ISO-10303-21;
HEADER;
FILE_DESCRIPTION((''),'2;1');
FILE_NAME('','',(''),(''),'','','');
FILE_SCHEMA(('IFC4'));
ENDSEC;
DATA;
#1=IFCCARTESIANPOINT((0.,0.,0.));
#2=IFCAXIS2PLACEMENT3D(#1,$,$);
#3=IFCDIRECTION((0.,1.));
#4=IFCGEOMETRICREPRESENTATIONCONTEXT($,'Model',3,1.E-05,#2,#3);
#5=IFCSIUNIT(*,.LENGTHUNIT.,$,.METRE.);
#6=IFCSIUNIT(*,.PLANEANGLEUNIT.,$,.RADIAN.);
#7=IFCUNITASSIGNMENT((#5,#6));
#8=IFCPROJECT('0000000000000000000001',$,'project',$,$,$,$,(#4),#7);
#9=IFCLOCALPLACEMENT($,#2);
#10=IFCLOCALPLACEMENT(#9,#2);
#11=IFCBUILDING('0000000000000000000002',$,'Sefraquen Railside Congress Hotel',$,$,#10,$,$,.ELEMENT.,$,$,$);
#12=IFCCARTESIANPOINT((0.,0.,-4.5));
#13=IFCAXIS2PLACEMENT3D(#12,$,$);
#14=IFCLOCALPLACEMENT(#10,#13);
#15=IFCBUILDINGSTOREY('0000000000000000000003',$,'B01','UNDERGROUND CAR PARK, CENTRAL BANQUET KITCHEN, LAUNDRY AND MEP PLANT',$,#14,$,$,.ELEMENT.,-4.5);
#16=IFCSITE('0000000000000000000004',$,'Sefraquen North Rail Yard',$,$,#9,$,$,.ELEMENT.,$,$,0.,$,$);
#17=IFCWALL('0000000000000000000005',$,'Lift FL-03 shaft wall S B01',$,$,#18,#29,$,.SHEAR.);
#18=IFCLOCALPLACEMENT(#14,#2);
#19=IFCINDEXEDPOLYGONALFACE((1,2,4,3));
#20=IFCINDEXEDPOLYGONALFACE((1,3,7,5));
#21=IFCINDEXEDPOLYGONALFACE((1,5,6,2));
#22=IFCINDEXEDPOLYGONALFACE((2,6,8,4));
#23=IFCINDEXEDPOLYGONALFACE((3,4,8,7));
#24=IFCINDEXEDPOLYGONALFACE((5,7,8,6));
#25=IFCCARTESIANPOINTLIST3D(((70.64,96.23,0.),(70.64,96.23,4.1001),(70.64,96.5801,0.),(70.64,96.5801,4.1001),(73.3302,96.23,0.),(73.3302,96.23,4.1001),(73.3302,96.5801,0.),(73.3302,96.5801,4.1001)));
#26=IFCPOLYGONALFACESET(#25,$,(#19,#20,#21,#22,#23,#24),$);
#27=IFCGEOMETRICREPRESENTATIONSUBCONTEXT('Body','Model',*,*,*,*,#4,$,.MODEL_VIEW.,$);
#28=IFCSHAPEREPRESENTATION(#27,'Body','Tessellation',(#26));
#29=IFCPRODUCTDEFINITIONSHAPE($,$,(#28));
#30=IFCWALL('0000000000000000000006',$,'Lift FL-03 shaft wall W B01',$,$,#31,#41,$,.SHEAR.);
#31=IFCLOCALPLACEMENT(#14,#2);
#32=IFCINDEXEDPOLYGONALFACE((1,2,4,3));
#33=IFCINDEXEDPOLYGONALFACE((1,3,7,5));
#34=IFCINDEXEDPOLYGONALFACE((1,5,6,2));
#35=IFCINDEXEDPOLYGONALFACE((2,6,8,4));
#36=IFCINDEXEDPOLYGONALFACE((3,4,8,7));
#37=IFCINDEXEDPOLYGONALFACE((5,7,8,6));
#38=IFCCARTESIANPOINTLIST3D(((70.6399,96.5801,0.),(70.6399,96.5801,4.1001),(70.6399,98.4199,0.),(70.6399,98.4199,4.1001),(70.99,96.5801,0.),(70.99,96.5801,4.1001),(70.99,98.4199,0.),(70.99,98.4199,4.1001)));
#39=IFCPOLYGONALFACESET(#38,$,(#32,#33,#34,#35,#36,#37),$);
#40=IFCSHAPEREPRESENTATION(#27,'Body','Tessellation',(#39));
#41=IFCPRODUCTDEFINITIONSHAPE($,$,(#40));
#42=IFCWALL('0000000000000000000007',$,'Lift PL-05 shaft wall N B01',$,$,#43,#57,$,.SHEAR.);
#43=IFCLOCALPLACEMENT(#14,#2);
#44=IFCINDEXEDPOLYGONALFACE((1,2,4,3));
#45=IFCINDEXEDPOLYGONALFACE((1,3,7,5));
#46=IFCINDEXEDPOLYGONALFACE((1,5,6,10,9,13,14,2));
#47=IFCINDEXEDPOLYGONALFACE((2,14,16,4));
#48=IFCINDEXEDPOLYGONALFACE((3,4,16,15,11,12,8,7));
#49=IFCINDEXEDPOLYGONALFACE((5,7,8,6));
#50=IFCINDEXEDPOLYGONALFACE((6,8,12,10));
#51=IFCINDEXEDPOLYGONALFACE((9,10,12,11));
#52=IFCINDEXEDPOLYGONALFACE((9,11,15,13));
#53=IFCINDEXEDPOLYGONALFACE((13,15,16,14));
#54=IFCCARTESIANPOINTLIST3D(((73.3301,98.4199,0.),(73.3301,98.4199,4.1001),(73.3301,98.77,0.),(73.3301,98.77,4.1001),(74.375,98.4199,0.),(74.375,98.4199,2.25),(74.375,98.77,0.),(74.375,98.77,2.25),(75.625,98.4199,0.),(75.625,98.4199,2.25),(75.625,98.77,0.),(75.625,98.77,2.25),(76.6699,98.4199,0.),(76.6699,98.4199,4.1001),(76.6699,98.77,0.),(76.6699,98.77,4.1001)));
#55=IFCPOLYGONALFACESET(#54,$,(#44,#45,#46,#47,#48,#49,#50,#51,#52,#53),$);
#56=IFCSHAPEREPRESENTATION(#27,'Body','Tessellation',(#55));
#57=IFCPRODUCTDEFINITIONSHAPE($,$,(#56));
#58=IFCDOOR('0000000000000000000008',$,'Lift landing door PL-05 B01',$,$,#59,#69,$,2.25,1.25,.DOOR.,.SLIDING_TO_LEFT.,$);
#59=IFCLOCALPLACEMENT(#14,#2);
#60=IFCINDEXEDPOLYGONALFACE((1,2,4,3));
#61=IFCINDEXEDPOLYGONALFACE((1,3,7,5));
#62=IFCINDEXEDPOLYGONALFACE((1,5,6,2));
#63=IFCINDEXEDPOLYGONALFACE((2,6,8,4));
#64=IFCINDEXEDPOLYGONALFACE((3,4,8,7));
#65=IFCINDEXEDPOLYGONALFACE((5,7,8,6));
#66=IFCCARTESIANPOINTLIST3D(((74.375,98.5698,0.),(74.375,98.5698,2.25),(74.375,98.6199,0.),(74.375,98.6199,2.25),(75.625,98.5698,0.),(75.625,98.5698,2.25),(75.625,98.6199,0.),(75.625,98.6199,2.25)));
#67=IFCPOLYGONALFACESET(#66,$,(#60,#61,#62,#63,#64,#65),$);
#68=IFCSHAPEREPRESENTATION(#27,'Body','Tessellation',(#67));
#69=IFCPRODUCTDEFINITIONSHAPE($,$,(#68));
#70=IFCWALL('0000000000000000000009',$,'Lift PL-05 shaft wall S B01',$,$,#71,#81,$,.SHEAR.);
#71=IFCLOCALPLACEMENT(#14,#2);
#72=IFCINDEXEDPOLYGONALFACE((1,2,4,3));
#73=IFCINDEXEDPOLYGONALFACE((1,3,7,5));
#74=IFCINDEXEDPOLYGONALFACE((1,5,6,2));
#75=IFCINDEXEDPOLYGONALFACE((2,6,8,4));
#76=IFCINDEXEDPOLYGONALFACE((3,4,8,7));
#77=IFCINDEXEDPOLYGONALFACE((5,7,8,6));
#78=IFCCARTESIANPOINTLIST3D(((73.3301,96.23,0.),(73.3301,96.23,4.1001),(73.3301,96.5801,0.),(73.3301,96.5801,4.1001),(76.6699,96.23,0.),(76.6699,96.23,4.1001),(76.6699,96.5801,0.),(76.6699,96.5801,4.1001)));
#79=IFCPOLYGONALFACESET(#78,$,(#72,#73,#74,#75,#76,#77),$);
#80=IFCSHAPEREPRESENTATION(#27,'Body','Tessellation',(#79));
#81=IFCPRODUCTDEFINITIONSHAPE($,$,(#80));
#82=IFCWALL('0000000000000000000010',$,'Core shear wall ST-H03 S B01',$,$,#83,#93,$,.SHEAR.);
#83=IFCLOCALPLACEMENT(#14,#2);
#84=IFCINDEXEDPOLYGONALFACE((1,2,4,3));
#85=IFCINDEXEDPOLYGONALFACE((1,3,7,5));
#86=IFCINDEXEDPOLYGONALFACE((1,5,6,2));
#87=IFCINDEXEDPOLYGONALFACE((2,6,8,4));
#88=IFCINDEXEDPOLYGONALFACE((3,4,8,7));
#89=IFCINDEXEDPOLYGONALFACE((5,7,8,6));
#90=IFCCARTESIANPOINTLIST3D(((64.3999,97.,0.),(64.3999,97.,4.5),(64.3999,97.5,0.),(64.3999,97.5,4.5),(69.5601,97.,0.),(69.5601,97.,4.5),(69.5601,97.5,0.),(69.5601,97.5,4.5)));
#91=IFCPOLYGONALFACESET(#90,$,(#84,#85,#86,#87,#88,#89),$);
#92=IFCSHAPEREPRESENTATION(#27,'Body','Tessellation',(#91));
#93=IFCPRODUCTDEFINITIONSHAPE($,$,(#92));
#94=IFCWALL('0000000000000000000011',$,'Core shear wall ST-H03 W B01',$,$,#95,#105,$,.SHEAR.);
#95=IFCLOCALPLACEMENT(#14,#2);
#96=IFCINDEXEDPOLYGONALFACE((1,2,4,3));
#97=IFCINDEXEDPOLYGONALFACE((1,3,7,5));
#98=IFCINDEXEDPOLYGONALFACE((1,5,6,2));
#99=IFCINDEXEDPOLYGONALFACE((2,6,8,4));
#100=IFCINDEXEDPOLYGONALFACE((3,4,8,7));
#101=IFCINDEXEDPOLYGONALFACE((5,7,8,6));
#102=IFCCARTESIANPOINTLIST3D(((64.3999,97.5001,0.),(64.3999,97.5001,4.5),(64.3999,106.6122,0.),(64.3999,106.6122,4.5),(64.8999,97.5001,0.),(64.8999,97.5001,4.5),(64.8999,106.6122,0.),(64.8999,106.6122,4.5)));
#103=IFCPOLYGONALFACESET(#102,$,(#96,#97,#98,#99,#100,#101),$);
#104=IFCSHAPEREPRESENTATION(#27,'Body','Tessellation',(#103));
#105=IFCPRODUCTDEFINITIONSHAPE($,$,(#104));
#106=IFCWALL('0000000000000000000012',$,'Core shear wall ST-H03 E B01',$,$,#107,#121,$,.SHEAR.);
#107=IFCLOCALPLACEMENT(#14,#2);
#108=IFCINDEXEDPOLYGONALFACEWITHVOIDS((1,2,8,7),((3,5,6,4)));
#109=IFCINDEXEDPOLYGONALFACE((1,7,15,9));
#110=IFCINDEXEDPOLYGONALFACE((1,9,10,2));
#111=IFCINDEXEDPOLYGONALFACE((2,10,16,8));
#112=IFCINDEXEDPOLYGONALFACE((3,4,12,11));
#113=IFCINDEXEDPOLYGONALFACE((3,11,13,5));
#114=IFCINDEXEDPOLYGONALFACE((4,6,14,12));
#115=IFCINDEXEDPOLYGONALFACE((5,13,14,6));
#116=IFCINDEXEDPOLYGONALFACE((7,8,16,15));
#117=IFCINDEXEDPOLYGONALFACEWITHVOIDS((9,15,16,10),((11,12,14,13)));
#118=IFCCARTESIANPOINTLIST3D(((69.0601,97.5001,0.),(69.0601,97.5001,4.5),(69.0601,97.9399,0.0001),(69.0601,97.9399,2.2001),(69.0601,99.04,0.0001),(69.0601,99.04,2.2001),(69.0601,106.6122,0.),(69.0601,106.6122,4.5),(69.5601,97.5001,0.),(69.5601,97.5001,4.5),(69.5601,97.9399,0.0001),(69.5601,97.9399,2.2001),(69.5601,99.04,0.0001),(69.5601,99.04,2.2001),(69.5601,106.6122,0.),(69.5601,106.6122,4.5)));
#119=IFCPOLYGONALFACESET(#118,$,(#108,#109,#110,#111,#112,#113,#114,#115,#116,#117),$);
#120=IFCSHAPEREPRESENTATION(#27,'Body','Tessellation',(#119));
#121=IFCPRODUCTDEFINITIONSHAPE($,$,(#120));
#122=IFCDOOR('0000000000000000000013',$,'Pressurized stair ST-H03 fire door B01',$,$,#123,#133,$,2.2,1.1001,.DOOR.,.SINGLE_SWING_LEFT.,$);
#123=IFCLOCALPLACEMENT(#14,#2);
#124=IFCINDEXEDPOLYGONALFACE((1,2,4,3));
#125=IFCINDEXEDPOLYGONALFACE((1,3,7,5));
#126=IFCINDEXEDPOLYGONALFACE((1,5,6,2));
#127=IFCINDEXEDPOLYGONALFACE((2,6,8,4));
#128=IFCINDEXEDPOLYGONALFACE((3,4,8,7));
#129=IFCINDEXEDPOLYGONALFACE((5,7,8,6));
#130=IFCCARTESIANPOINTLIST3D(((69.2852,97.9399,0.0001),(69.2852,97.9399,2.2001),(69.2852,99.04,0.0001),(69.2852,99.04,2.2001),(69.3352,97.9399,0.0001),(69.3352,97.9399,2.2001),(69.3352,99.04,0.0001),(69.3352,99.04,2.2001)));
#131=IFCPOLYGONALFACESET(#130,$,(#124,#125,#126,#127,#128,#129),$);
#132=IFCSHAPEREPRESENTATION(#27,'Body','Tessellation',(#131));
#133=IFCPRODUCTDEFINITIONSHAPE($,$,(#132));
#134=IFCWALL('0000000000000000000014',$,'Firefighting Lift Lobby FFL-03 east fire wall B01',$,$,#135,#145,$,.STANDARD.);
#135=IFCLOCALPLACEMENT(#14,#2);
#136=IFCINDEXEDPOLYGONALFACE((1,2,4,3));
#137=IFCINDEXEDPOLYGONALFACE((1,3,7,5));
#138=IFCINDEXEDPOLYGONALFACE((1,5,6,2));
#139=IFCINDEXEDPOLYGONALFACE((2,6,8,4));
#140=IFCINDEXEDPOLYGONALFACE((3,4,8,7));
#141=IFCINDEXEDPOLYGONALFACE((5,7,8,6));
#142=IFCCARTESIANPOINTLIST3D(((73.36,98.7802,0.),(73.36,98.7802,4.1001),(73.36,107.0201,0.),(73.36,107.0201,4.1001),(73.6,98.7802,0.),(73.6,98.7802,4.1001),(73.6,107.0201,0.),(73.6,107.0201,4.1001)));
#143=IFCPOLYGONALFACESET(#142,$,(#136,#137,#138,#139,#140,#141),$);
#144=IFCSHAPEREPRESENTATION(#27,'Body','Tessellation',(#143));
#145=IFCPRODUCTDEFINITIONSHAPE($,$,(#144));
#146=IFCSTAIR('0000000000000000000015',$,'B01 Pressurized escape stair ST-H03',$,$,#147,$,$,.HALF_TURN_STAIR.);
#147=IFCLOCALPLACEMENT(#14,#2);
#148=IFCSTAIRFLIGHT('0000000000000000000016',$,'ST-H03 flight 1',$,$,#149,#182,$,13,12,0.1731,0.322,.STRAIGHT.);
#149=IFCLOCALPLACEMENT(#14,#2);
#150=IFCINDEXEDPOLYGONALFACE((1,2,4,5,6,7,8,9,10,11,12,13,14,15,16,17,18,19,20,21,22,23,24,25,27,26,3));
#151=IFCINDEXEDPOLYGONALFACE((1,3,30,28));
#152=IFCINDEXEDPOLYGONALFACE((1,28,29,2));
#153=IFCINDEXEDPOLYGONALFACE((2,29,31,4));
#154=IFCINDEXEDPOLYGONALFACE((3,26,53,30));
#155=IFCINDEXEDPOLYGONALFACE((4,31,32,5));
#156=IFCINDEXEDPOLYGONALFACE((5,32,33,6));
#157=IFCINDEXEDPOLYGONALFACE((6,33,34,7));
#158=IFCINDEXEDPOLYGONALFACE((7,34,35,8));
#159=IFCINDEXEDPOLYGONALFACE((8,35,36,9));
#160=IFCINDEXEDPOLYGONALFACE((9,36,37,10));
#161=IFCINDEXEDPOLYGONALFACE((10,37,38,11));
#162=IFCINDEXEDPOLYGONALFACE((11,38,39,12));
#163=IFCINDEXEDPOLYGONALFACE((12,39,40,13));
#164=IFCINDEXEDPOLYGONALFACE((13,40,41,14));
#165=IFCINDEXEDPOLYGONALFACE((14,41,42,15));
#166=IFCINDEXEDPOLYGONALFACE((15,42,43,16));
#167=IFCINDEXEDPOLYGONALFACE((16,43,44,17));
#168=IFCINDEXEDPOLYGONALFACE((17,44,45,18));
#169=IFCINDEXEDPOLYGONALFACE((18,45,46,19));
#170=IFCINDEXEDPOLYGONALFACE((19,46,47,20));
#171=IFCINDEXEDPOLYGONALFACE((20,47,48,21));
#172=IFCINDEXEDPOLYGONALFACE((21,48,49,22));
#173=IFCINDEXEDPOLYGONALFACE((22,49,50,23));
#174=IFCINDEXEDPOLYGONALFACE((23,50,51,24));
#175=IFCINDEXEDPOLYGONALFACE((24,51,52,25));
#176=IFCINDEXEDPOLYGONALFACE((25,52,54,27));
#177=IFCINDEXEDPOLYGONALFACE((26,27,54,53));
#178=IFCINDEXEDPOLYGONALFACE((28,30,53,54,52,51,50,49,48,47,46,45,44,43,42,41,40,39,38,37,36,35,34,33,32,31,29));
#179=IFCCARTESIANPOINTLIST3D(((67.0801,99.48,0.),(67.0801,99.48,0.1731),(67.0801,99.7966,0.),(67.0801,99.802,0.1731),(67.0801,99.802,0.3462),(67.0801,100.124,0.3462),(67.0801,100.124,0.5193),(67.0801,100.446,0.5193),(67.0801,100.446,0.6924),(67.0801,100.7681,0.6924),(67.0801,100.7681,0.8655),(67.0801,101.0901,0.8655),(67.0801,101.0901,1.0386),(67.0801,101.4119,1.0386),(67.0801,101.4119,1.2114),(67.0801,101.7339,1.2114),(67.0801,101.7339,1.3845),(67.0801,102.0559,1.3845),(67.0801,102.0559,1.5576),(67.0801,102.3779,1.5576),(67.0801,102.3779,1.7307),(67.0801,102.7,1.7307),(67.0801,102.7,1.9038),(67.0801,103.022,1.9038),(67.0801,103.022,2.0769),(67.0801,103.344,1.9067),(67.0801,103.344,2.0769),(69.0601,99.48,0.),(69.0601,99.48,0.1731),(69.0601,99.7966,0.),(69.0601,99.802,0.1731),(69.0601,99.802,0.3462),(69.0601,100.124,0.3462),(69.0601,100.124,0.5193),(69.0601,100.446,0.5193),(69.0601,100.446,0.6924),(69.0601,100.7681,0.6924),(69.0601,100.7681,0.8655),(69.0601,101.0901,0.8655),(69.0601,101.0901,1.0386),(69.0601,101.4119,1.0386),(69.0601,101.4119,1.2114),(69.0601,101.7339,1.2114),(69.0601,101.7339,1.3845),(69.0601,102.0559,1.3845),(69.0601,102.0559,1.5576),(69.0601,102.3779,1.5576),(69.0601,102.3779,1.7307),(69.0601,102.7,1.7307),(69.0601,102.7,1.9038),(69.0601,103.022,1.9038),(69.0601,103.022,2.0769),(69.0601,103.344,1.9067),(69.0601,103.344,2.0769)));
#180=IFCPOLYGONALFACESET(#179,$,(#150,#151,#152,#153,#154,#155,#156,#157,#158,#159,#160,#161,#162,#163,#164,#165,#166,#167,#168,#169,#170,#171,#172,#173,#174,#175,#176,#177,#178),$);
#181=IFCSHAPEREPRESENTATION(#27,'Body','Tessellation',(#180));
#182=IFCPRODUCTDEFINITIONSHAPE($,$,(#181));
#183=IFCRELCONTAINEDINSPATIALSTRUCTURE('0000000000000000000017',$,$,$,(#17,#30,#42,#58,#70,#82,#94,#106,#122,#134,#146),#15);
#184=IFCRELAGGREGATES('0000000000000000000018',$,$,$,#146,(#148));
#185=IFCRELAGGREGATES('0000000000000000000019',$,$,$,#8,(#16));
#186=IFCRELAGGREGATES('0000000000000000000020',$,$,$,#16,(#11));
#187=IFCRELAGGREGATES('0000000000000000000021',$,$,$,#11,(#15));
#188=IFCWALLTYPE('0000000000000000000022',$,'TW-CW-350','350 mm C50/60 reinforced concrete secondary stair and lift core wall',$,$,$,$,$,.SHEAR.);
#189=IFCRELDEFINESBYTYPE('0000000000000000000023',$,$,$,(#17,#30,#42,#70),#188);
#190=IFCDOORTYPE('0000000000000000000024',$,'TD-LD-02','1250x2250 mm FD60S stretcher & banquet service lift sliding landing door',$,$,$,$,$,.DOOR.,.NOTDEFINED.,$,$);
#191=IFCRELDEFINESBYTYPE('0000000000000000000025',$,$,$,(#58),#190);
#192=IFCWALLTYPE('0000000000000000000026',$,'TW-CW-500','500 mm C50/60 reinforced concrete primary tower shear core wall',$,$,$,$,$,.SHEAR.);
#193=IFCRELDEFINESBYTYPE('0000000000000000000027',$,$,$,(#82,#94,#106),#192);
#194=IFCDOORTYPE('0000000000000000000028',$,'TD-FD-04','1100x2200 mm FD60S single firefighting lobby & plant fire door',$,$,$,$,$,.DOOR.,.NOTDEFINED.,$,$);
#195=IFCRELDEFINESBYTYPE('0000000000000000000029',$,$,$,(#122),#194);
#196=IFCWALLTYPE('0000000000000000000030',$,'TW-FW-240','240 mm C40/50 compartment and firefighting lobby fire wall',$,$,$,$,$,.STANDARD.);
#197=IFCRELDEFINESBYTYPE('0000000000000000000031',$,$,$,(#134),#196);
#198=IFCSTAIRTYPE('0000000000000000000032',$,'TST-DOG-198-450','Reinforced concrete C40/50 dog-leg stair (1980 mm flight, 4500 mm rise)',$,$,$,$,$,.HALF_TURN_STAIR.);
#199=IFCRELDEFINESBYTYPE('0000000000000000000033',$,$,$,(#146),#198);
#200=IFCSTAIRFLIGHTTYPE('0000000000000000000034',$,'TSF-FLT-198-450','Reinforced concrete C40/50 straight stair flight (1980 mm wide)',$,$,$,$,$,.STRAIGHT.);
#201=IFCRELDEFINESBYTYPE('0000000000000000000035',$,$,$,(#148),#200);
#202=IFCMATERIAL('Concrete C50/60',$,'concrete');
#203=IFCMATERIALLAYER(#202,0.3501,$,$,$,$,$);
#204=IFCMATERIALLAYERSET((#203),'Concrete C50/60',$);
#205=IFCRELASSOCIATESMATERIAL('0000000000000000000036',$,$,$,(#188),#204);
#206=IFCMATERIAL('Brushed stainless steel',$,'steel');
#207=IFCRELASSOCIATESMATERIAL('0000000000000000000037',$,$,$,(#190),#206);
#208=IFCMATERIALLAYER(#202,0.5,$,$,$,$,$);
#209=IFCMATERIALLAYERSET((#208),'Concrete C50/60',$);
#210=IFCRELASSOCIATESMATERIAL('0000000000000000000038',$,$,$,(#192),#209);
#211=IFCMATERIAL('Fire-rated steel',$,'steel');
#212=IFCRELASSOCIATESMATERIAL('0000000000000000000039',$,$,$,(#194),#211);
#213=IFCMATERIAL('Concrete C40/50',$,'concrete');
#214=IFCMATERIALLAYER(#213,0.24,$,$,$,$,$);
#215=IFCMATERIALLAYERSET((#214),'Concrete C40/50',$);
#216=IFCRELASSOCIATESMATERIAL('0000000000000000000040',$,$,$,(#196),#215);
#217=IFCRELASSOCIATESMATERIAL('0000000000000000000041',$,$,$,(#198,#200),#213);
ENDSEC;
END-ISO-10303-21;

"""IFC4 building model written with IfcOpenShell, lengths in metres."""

from ifc_helpers import new_model, si_unit, direction, frame, frame_2d, origin, place, context, subcontext, project, spatial, polyline, rectangle, outline, extrude, material, layer, layer_set, type_object, element, fill, aggregate, save


model = new_model("IFC4")

# Units and contexts
model_context = context("Model", 3, precision=1e-05, world=origin(), true_north=direction((0.0, 1.0)))
body_context = subcontext(model_context, "Body", "Model", "MODEL_VIEW")
ifc_project = project(units=[si_unit("LENGTHUNIT", "METRE"), si_unit("PLANEANGLEUNIT", "RADIAN")], contexts=[model_context])

# Site, building, storey
site_placement = place(None, origin())
site = spatial("IfcSite", under=ifc_project, at=site_placement, Name="Sefraquen North Rail Yard", CompositionType="ELEMENT", RefElevation=0.0)
building_placement = place(site_placement, origin())
building = spatial("IfcBuilding", under=site, at=building_placement, Name="Sefraquen Railside Congress Hotel", CompositionType="ELEMENT")
storey_placement = place(building_placement, frame((0.0, 0.0, -4.5)))
storey = spatial("IfcBuildingStorey", under=building, at=storey_placement, Name="B01", Description="UNDERGROUND CAR PARK, CENTRAL BANQUET KITCHEN, LAUNDRY AND MEP PLANT", CompositionType="ELEMENT", Elevation=-4.5)

# Shared definitions
ifc_material_1 = material(Name="Concrete C40/50", Category="concrete")

# Shared definitions
ifc_material_2 = material(Name="Concrete C50/60", Category="concrete")

# Shared definitions
ifc_layer_1 = layer(ifc_material_2, 0.3501)
ifc_layer_set_1 = layer_set([ifc_layer_1], Name="Concrete C50/60")
wall_type_1 = type_object("IfcWallType", Name="TW-CW-350", Description="350 mm C50/60 reinforced concrete secondary stair and lift core wall", PredefinedType="SHEAR", material=ifc_layer_set_1)

# Walls
wall_1_placement = place(storey_placement, frame((70.6399, 96.405, 0.0), z_axis=(0.0, 0.0, 1.0), x_axis=(1.0, 0.0, 0.0)))
element("IfcWall", 1, at=wall_1_placement, inside=storey, type_object=wall_type_1, Name="Lift FL-03 shaft wall S B01", PredefinedType="SHEAR", context=body_context, shape_type="SweptSolid", body=[
    extrude(rectangle(XDim=2.6902, YDim=0.3501, at=frame_2d((1.3452, 0.0))), origin(), (0.0, 0.0, 1.0), 4.1001),
])
wall_2_placement = place(storey_placement, frame((70.8149, 96.5801, 0.0), z_axis=(0.0, 0.0, 1.0), x_axis=(0.0, 1.0, 0.0)))
element("IfcWall", 2, at=wall_2_placement, inside=storey, type_object=wall_type_1, Name="Lift FL-03 shaft wall W B01", PredefinedType="SHEAR", context=body_context, shape_type="SweptSolid", body=[
    extrude(rectangle(XDim=1.8398, YDim=0.3501, at=frame_2d((0.9199, 0.0))), origin(), (0.0, 0.0, 1.0), 4.1001),
])

# Wall, opening, door
wall_3_placement = place(storey_placement, frame((73.3301, 98.595, 0.0), z_axis=(0.0, 0.0, 1.0), x_axis=(1.0, 0.0, 0.0)))
wall_3 = element("IfcWall", 3, at=wall_3_placement, inside=storey, type_object=wall_type_1, Name="Lift PL-05 shaft wall N B01", PredefinedType="SHEAR", context=body_context, shape_type="SweptSolid", body=[
    extrude(rectangle(XDim=3.3398, YDim=0.3501, at=frame_2d((1.6699, 0.0))), origin(), (0.0, 0.0, 1.0), 4.1001),
])
opening_1_placement = place(wall_3_placement, frame((1.0449, 0.0, 0.0)))
opening_1 = element("IfcOpeningElement", 4, at=opening_1_placement, cuts=wall_3, PredefinedType="OPENING", context=body_context, shape_type="SweptSolid", body=[
    extrude(rectangle(XDim=1.25, YDim=2.25, at=frame_2d((0.625, 1.125))), frame((0.0, 0.1851, 0.0), z_axis=(0.0, -1.0, 0.0), x_axis=(1.0, 0.0, 0.0)), (0.0, 0.0, 1.0), 0.3701),
])
ifc_material_3 = material(Name="Brushed stainless steel", Category="steel")
door_type_1 = type_object("IfcDoorType", Name="TD-LD-02", Description="1250x2250 mm FD60S stretcher & banquet service lift sliding landing door", OperationType="NOTDEFINED", PredefinedType="DOOR", material=ifc_material_3)
door_1_placement = place(opening_1_placement, origin())
door_1 = element("IfcDoor", 5, at=door_1_placement, inside=storey, type_object=door_type_1, Name="Lift landing door PL-05 B01", OperationType="SLIDING_TO_LEFT", OverallHeight=2.25, OverallWidth=1.25, PredefinedType="DOOR", context=body_context, shape_type="SweptSolid", body=[
    extrude(rectangle(XDim=1.25, YDim=2.25, at=frame_2d((0.625, 1.125))), frame((0.0, 0.0249, 0.0), z_axis=(0.0, -1.0, 0.0), x_axis=(1.0, 0.0, 0.0)), (0.0, 0.0, 1.0), 0.05),
])
fill(opening_1, door_1)

# Walls
wall_4_placement = place(storey_placement, frame((73.3301, 96.405, 0.0), z_axis=(0.0, 0.0, 1.0), x_axis=(1.0, 0.0, 0.0)))
element("IfcWall", 6, at=wall_4_placement, inside=storey, type_object=wall_type_1, Name="Lift PL-05 shaft wall S B01", PredefinedType="SHEAR", context=body_context, shape_type="SweptSolid", body=[
    extrude(rectangle(XDim=3.3398, YDim=0.3501, at=frame_2d((1.6699, 0.0))), origin(), (0.0, 0.0, 1.0), 4.1001),
])
ifc_layer_2 = layer(ifc_material_2, 0.5)
ifc_layer_set_2 = layer_set([ifc_layer_2], Name="Concrete C50/60")
wall_type_2 = type_object("IfcWallType", Name="TW-CW-500", Description="500 mm C50/60 reinforced concrete primary tower shear core wall", PredefinedType="SHEAR", material=ifc_layer_set_2)
wall_5_placement = place(storey_placement, frame((64.3999, 97.25, 0.0), z_axis=(0.0, 0.0, 1.0), x_axis=(1.0, 0.0, 0.0)))
element("IfcWall", 7, at=wall_5_placement, inside=storey, type_object=wall_type_2, Name="Core shear wall ST-H03 S B01", PredefinedType="SHEAR", context=body_context, shape_type="SweptSolid", body=[
    extrude(rectangle(XDim=5.1602, YDim=0.5, at=frame_2d((2.5801, 0.0))), origin(), (0.0, 0.0, 1.0), 4.5),
])
wall_6_placement = place(storey_placement, frame((64.6499, 97.5, 0.0), z_axis=(0.0, 0.0, 1.0), x_axis=(0.0, 1.0, 0.0)))
element("IfcWall", 8, at=wall_6_placement, inside=storey, type_object=wall_type_2, Name="Core shear wall ST-H03 W B01", PredefinedType="SHEAR", context=body_context, shape_type="SweptSolid", body=[
    extrude(rectangle(XDim=9.1121, YDim=0.5, at=frame_2d((4.5562, 0.0))), origin(), (0.0, 0.0, 1.0), 4.5),
])

# Wall, opening, door
wall_7_placement = place(storey_placement, frame((69.3101, 97.5, 0.0), z_axis=(0.0, 0.0, 1.0), x_axis=(0.0, 1.0, 0.0)))
wall_7 = element("IfcWall", 9, at=wall_7_placement, inside=storey, type_object=wall_type_2, Name="Core shear wall ST-H03 E B01", PredefinedType="SHEAR", context=body_context, shape_type="SweptSolid", body=[
    extrude(rectangle(XDim=9.1121, YDim=0.5, at=frame_2d((4.5562, 0.0))), origin(), (0.0, 0.0, 1.0), 4.5),
])
opening_2_placement = place(wall_7_placement, frame((0.4399, 0.0, 0.0)))
opening_2 = element("IfcOpeningElement", 10, at=opening_2_placement, cuts=wall_7, PredefinedType="OPENING", context=body_context, shape_type="SweptSolid", body=[
    extrude(rectangle(XDim=1.1001, YDim=2.2, at=frame_2d((0.55, 1.1001))), frame((0.0, 0.26, 0.0), z_axis=(0.0, -1.0, 0.0), x_axis=(1.0, 0.0, 0.0)), (0.0, 0.0, 1.0), 0.52),
])
ifc_material_4 = material(Name="Fire-rated steel", Category="steel")
door_type_2 = type_object("IfcDoorType", Name="TD-FD-04", Description="1100x2200 mm FD60S single firefighting lobby & plant fire door", OperationType="NOTDEFINED", PredefinedType="DOOR", material=ifc_material_4)
door_2_placement = place(opening_2_placement, origin())
door_2 = element("IfcDoor", 11, at=door_2_placement, inside=storey, type_object=door_type_2, Name="Pressurized stair ST-H03 fire door B01", OperationType="SINGLE_SWING_LEFT", OverallHeight=2.2, OverallWidth=1.1001, PredefinedType="DOOR", context=body_context, shape_type="SweptSolid", body=[
    extrude(rectangle(XDim=1.1001, YDim=2.2, at=frame_2d((0.55, 1.1001))), frame((0.0, 0.0249, 0.0), z_axis=(0.0, -1.0, 0.0), x_axis=(1.0, 0.0, 0.0)), (0.0, 0.0, 1.0), 0.05),
])
fill(opening_2, door_2)

# Wall
ifc_layer_3 = layer(ifc_material_1, 0.24)
ifc_layer_set_3 = layer_set([ifc_layer_3], Name="Concrete C40/50")
wall_type_3 = type_object("IfcWallType", Name="TW-FW-240", Description="240 mm C40/50 compartment and firefighting lobby fire wall", PredefinedType="STANDARD", material=ifc_layer_set_3)
wall_8_placement = place(storey_placement, frame((73.48, 98.78, 0.0), z_axis=(0.0, 0.0, 1.0), x_axis=(0.0, 1.0, 0.0)))
element("IfcWall", 12, at=wall_8_placement, inside=storey, type_object=wall_type_3, Name="Firefighting Lift Lobby FFL-03 east fire wall B01", PredefinedType="STANDARD", context=body_context, shape_type="SweptSolid", body=[
    extrude(rectangle(XDim=8.24, YDim=0.24, at=frame_2d((4.1201, 0.0))), origin(), (0.0, 0.0, 1.0), 4.1001),
])

# Stair, stair flight
stair_type = type_object("IfcStairType", Name="TST-DOG-198-450", Description="Reinforced concrete C40/50 dog-leg stair (1980 mm flight, 4500 mm rise)", PredefinedType="HALF_TURN_STAIR", material=ifc_material_1)
stair_placement = place(storey_placement, origin())
stair = element("IfcStair", 13, at=stair_placement, inside=storey, type_object=stair_type, Name="B01 Pressurized escape stair ST-H03", PredefinedType="HALF_TURN_STAIR")
stair_flight_type = type_object("IfcStairFlightType", Name="TSF-FLT-198-450", Description="Reinforced concrete C40/50 straight stair flight (1980 mm wide)", PredefinedType="STRAIGHT", material=ifc_material_1)
stair_flight_placement = place(storey_placement, frame((68.0701, 99.48, 0.0), z_axis=(0.0, 0.0, 1.0), x_axis=(0.0, 1.0, 0.0)))
stair_flight = element("IfcStairFlight", 14, at=stair_flight_placement, type_object=stair_flight_type, Name="ST-H03 flight 1", NumberOfRisers=13, NumberOfTreads=12, PredefinedType="STRAIGHT", RiserHeight=0.1731, TreadLength=0.322, context=body_context, shape_type="SweptSolid", body=[
    extrude(outline(polyline([(0.0, 0.0), (0.0, 0.1731), (0.322, 0.1731), (0.322, 0.3462), (0.644, 0.3462), (0.644, 0.5193), (0.9661, 0.5193), (0.9661, 0.6924), (1.2881, 0.6924), (1.2881, 0.8655), (1.6101, 0.8655), (1.6101, 1.0386), (1.9319, 1.0386), (1.9319, 1.2114), (2.2539, 1.2114), (2.2539, 1.3845), (2.5759, 1.3845), (2.5759, 1.5576), (2.8979, 1.5576), (2.8979, 1.7307), (3.22, 1.7307), (3.22, 1.9038), (3.542, 1.9038), (3.542, 2.0769), (3.864, 2.0769), (3.864, 2.25), (3.864, 1.9067), (0.3167, 0.0), (0.0, 0.0)])), frame((0.0, 0.99, 0.0), z_axis=(0.0, -1.0, 0.0), x_axis=(1.0, 0.0, 0.0)), (0.0, 0.0, 1.0), 1.98),
])
aggregate(stair, [stair_flight])

save(model, "model.ifc")
